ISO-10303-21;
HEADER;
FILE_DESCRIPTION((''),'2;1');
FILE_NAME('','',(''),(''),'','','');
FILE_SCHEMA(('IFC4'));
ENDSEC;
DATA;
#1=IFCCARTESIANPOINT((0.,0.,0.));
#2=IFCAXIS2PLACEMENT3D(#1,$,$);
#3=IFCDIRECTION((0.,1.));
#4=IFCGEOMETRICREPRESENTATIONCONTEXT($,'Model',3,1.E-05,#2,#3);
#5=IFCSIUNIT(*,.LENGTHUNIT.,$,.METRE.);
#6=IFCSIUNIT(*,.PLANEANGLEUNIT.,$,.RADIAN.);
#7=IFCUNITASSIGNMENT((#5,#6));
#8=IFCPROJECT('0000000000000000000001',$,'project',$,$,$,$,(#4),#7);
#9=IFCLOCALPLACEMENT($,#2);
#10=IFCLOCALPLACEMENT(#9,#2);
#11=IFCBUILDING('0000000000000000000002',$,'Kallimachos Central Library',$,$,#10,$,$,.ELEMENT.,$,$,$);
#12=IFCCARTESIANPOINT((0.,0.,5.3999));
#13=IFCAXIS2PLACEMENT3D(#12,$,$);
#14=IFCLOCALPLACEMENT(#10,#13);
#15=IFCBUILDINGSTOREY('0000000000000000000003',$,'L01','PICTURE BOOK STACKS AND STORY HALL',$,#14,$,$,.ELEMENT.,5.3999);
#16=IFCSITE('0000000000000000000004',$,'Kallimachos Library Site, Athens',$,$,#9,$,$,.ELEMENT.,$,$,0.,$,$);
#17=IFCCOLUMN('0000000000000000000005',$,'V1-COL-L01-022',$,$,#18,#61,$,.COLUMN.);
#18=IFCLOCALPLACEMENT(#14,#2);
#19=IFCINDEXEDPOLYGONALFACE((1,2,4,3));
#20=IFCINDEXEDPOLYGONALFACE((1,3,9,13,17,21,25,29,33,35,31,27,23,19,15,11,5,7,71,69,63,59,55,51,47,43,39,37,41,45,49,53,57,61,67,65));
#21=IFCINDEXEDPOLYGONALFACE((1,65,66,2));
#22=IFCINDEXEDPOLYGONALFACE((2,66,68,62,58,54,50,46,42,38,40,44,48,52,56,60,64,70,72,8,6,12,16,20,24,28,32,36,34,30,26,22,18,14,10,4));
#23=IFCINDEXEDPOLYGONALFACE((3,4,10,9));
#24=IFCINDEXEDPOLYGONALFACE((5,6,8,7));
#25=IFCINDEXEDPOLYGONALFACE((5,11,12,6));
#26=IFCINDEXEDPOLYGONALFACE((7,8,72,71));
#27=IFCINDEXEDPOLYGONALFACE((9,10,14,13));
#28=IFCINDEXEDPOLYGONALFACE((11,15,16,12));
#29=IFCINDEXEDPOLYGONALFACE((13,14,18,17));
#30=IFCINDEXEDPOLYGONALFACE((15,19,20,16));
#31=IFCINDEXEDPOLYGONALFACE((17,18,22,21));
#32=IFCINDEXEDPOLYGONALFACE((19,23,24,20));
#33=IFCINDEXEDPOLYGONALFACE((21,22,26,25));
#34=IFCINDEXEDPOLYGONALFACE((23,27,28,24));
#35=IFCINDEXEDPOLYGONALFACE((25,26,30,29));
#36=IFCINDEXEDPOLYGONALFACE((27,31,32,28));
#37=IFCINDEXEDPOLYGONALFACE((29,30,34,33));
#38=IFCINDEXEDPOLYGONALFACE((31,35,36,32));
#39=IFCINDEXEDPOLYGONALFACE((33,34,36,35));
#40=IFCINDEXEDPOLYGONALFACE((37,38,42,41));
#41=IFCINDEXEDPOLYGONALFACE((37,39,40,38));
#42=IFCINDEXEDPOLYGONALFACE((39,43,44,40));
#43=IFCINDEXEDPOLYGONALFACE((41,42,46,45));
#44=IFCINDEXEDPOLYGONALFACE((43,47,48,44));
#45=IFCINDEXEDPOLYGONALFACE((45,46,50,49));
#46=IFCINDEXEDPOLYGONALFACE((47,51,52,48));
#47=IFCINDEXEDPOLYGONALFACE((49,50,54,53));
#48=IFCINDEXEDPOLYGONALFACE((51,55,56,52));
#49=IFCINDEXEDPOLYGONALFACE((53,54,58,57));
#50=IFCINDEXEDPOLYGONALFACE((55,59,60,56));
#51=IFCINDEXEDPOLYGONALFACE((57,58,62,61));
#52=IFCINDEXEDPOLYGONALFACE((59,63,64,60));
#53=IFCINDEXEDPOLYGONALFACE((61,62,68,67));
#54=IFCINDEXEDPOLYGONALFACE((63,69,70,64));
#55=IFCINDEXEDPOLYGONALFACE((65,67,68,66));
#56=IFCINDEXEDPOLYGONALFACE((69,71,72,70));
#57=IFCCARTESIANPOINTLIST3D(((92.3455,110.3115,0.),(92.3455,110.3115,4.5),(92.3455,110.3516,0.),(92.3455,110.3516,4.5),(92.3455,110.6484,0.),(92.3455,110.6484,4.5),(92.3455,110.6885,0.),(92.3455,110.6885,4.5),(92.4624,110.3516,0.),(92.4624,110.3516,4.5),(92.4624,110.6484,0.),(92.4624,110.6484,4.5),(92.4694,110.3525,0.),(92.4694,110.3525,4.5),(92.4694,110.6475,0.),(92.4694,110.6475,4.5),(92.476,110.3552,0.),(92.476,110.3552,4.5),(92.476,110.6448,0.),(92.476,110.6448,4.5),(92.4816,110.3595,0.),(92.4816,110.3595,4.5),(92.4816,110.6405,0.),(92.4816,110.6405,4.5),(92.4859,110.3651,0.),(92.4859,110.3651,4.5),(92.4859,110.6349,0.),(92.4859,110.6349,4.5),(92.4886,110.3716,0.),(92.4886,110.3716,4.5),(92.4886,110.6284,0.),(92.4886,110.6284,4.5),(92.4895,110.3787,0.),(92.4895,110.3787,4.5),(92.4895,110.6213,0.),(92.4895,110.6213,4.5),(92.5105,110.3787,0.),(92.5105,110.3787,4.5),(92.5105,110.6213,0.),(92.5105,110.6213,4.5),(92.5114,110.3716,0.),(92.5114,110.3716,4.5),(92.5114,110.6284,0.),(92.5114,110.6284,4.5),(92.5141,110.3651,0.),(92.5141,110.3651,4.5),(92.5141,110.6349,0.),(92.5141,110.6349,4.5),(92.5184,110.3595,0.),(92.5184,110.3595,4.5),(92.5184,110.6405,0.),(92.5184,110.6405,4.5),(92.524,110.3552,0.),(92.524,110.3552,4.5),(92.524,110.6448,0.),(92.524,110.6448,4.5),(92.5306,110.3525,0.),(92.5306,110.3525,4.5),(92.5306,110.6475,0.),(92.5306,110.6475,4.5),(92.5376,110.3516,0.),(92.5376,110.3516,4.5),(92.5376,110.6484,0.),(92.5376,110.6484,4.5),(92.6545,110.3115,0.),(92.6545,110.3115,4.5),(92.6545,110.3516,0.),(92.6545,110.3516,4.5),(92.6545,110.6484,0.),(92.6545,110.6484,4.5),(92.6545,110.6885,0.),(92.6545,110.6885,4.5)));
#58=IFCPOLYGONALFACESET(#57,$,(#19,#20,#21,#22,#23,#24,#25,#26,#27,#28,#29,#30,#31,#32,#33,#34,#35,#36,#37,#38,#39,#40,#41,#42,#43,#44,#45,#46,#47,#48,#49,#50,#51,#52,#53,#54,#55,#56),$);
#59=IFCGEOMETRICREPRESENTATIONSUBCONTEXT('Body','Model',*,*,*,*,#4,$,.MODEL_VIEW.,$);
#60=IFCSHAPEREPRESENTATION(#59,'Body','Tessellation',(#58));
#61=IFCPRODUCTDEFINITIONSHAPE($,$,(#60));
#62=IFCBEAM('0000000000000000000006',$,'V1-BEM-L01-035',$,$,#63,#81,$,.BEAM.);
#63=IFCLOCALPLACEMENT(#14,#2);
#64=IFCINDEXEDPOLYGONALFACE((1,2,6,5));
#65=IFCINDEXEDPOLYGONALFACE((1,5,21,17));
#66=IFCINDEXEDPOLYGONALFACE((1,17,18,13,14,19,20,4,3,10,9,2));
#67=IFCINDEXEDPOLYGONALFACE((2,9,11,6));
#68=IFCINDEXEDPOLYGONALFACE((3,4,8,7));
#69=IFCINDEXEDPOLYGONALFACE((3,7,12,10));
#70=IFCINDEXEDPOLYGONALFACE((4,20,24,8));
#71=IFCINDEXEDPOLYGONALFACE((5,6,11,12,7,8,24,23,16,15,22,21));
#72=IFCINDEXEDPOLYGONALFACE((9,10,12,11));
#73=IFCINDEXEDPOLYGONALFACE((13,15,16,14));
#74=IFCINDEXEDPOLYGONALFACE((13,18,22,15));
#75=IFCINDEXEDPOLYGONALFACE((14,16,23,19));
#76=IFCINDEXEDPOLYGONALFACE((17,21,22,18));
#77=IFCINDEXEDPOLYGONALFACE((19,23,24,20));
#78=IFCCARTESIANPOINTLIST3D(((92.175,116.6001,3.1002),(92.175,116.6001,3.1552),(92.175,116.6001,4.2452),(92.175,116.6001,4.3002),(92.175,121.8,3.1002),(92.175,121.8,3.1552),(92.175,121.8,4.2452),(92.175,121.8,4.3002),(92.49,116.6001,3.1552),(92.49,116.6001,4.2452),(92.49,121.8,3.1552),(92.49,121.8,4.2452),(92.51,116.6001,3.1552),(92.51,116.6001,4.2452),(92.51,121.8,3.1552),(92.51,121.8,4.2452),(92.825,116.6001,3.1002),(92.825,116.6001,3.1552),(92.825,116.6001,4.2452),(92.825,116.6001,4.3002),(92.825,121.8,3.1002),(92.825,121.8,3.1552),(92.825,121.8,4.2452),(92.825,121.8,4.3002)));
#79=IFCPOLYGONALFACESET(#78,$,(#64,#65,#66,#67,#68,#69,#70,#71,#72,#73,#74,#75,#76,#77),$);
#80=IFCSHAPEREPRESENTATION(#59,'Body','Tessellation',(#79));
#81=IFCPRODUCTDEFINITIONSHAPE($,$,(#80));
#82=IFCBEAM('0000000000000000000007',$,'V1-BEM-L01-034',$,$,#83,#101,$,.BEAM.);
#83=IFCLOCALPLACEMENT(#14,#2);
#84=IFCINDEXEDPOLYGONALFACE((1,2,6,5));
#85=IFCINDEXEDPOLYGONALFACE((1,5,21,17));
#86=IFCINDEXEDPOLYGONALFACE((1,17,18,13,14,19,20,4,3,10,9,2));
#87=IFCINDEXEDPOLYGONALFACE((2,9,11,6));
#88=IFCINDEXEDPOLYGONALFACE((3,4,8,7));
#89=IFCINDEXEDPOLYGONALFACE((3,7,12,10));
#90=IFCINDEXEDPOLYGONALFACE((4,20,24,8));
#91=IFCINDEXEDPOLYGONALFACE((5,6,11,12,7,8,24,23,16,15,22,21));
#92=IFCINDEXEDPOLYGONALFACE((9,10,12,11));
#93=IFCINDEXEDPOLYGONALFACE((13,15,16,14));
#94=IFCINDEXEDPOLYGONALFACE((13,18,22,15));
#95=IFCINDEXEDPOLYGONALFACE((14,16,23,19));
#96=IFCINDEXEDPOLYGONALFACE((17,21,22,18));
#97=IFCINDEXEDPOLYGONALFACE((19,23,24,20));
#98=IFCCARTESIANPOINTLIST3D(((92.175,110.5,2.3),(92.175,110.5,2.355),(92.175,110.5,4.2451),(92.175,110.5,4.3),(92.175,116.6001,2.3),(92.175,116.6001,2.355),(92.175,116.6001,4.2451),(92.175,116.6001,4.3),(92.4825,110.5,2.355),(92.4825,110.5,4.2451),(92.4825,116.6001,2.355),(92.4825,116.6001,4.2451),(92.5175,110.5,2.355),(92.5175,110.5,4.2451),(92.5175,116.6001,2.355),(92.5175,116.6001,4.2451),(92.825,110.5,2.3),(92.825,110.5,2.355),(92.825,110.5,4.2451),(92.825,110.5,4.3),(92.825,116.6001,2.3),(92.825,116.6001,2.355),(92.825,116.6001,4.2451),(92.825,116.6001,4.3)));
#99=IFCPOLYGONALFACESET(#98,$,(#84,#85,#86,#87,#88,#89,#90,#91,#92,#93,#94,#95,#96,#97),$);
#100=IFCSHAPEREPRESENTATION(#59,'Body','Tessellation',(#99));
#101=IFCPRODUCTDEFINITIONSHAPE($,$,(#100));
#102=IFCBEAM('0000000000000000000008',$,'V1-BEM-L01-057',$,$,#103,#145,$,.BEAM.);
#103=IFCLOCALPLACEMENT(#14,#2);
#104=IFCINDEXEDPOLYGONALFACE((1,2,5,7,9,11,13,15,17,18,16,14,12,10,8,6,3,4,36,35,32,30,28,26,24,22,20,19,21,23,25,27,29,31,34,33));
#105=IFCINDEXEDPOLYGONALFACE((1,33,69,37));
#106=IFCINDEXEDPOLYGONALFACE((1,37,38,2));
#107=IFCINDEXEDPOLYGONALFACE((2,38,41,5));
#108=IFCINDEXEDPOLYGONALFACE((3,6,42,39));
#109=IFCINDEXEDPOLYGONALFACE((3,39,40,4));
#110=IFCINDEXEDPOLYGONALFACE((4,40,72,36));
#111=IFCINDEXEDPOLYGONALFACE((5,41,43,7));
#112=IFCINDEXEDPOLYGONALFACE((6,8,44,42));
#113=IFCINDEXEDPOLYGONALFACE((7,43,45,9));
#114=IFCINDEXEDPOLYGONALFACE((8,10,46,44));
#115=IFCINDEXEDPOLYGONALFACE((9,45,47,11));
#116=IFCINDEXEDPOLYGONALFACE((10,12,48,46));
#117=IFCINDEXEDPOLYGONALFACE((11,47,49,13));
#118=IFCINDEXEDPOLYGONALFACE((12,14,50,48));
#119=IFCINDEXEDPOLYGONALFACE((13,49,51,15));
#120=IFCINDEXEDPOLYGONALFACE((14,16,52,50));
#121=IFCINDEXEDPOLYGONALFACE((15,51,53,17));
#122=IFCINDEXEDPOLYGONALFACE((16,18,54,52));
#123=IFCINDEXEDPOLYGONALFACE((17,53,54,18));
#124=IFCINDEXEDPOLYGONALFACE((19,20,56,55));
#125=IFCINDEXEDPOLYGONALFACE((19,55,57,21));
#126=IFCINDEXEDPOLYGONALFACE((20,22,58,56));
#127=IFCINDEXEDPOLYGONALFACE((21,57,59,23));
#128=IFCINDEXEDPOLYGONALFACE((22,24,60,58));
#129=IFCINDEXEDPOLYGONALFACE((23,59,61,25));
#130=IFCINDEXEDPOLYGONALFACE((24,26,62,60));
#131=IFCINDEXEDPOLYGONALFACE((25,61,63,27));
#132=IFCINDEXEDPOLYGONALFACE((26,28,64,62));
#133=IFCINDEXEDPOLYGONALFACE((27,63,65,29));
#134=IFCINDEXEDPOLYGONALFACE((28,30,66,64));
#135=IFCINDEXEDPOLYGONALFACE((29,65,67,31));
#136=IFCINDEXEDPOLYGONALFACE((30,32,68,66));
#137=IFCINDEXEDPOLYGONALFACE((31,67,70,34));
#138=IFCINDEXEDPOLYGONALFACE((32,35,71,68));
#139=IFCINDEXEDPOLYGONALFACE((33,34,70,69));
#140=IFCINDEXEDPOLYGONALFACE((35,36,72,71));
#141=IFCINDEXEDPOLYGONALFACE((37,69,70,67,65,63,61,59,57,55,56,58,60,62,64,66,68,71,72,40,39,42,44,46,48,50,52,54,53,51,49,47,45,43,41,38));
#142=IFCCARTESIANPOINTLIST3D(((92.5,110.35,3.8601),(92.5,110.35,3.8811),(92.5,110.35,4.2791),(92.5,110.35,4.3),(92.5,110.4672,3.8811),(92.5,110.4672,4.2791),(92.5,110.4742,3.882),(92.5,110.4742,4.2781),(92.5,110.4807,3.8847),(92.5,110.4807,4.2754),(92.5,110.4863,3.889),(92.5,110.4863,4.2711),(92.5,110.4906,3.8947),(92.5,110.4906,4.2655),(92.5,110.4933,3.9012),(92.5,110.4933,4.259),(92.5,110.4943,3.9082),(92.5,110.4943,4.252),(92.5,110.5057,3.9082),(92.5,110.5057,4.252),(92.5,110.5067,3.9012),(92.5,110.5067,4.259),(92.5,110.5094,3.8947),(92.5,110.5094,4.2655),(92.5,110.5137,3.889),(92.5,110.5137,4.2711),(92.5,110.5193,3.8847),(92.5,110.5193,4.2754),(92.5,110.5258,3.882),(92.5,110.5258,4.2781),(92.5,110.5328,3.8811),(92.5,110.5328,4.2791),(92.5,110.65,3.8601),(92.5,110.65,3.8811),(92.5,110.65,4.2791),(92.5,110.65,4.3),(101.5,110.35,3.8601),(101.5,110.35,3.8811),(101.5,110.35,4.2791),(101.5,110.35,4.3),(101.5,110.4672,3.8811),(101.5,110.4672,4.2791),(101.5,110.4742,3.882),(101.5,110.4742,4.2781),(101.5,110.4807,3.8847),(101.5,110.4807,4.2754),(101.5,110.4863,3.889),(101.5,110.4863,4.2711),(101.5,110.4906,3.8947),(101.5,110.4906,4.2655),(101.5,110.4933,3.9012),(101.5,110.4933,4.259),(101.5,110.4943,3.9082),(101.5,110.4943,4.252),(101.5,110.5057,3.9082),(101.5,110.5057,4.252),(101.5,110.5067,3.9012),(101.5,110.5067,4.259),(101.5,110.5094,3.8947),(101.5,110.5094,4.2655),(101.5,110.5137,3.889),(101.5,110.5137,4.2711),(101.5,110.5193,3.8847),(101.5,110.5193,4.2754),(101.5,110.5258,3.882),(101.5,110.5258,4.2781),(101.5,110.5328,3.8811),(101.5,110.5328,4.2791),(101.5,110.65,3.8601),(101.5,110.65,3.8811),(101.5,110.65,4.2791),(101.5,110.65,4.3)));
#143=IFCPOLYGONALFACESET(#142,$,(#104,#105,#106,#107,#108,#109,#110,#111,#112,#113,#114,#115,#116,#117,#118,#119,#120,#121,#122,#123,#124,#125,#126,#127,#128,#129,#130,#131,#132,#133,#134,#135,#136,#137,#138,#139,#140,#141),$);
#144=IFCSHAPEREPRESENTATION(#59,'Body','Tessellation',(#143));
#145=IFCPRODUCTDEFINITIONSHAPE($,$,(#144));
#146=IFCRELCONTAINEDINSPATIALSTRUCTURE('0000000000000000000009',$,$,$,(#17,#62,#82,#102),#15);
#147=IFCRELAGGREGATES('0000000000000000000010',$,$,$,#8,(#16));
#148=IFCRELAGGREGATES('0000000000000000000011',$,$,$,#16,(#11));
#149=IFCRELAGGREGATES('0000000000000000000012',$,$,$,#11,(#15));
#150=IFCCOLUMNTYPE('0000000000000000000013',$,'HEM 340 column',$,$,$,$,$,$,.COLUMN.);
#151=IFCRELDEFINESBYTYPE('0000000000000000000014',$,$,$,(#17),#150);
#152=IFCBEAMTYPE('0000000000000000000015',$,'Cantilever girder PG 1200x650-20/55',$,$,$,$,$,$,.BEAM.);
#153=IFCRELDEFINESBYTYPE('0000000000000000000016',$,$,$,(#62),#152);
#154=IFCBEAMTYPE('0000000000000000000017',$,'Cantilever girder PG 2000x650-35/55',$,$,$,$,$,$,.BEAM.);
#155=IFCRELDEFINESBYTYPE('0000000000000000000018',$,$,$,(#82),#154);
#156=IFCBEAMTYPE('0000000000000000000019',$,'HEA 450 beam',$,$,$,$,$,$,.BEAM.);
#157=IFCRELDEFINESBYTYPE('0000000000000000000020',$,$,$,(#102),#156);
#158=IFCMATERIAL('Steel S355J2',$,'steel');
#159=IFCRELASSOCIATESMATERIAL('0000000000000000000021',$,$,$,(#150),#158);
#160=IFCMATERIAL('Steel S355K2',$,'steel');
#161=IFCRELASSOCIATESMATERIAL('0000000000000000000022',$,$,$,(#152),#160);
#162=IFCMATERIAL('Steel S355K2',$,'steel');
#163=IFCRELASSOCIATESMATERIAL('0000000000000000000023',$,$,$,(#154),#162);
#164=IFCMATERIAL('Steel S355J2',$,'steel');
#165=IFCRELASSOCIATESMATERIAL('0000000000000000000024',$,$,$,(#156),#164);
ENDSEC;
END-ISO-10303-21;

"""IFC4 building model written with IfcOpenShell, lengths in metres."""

from ifc_helpers import new_model, si_unit, direction, frame, origin, origin_2d, place, context, subcontext, project, spatial, i_section, extrude, material, material_profile, profile_set, type_object, element, save


model = new_model("IFC4")

# Units and contexts
model_context = context("Model", 3, precision=1e-05, world=origin(), true_north=direction((0.0, 1.0)))
body_context = subcontext(model_context, "Body", "Model", "MODEL_VIEW")
ifc_project = project(units=[si_unit("LENGTHUNIT", "METRE"), si_unit("PLANEANGLEUNIT", "RADIAN")], contexts=[model_context])

# Site, building, storey
site_placement = place(None, origin())
site = spatial("IfcSite", under=ifc_project, at=site_placement, Name="Kallimachos Library Site, Athens", CompositionType="ELEMENT", RefElevation=0.0)
building_placement = place(site_placement, origin())
building = spatial("IfcBuilding", under=site, at=building_placement, Name="Kallimachos Central Library", CompositionType="ELEMENT")
storey_placement = place(building_placement, frame((0.0, 0.0, 5.3999)))
storey = spatial("IfcBuildingStorey", under=building, at=storey_placement, Name="L01", Description="PICTURE BOOK STACKS AND STORY HALL", CompositionType="ELEMENT", Elevation=5.3999)

# Column
ifc_material_1 = material(Name="Steel S355J2", Category="steel")
ifc_material_profile_1 = material_profile(ifc_material_1, i_section(OverallWidth=0.3091, OverallDepth=0.377, WebThickness=0.021, FlangeThickness=0.04, FilletRadius=0.0271, at=origin_2d()), Name="HEM 340")
ifc_profile_set_1 = profile_set([ifc_material_profile_1], Name="Steel S355J2")
column_type = type_object("IfcColumnType", Name="HEM 340 column", PredefinedType="COLUMN", material=ifc_profile_set_1)
column_placement = place(storey_placement, frame((92.5, 110.5, 0.0), z_axis=(0.0, 0.0, 1.0), x_axis=(1.0, 0.0, 0.0)))
element("IfcColumn", 1, at=column_placement, inside=storey, type_object=column_type, Name="V1-COL-L01-022", PredefinedType="COLUMN", context=body_context, shape_type="SweptSolid", body=[
    extrude(i_section(OverallWidth=0.3091, OverallDepth=0.377, WebThickness=0.021, FlangeThickness=0.04, FilletRadius=0.0271, at=origin_2d()), origin(), (0.0, 0.0, 1.0), 4.5),
])

# Beams
ifc_material_2 = material(Name="Steel S355K2", Category="steel")
ifc_material_profile_2 = material_profile(ifc_material_2, i_section(OverallWidth=0.6499, OverallDepth=1.2, WebThickness=0.02, FlangeThickness=0.0549, at=origin_2d()), Name="PG 1200x650-20/55")
ifc_profile_set_2 = profile_set([ifc_material_profile_2], Name="Steel S355K2")
beam_type_1 = type_object("IfcBeamType", Name="Cantilever girder PG 1200x650-20/55", PredefinedType="BEAM", material=ifc_profile_set_2)
beam_1_placement = place(storey_placement, frame((92.5, 116.6001, 3.7002), z_axis=(0.0, 1.0, 0.0), x_axis=(-1.0, 0.0, 0.0)))
element("IfcBeam", 2, at=beam_1_placement, inside=storey, type_object=beam_type_1, Name="V1-BEM-L01-035", PredefinedType="BEAM", context=body_context, shape_type="SweptSolid", body=[
    extrude(i_section(OverallWidth=0.6499, OverallDepth=1.2, WebThickness=0.02, FlangeThickness=0.0549, at=origin_2d()), origin(), (0.0, 0.0, 1.0), 5.2),
])
ifc_material_3 = material(Name="Steel S355K2", Category="steel")
ifc_material_profile_3 = material_profile(ifc_material_3, i_section(OverallWidth=0.6499, OverallDepth=2.0, WebThickness=0.0349, FlangeThickness=0.0549, at=origin_2d()), Name="PG 2000x650-35/55")
ifc_profile_set_3 = profile_set([ifc_material_profile_3], Name="Steel S355K2")
beam_type_2 = type_object("IfcBeamType", Name="Cantilever girder PG 2000x650-35/55", PredefinedType="BEAM", material=ifc_profile_set_3)
beam_2_placement = place(storey_placement, frame((92.5, 110.5, 3.3), z_axis=(0.0, 1.0, 0.0), x_axis=(-1.0, 0.0, 0.0)))
element("IfcBeam", 3, at=beam_2_placement, inside=storey, type_object=beam_type_2, Name="V1-BEM-L01-034", PredefinedType="BEAM", context=body_context, shape_type="SweptSolid", body=[
    extrude(i_section(OverallWidth=0.6499, OverallDepth=2.0, WebThickness=0.0349, FlangeThickness=0.0549, at=origin_2d()), origin(), (0.0, 0.0, 1.0), 6.1001),
])
ifc_material_4 = material(Name="Steel S355J2", Category="steel")
ifc_material_profile_4 = material_profile(ifc_material_4, i_section(OverallWidth=0.3, OverallDepth=0.4399, WebThickness=0.0115, FlangeThickness=0.021, FilletRadius=0.0271, at=origin_2d()), Name="HEA 450")
ifc_profile_set_4 = profile_set([ifc_material_profile_4], Name="Steel S355J2")
beam_type_3 = type_object("IfcBeamType", Name="HEA 450 beam", PredefinedType="BEAM", material=ifc_profile_set_4)
beam_3_placement = place(storey_placement, frame((92.5, 110.5, 4.0801), z_axis=(1.0, 0.0, 0.0), x_axis=(0.0, 1.0, 0.0)))
element("IfcBeam", 4, at=beam_3_placement, inside=storey, type_object=beam_type_3, Name="V1-BEM-L01-057", PredefinedType="BEAM", context=body_context, shape_type="SweptSolid", body=[
    extrude(i_section(OverallWidth=0.3, OverallDepth=0.4399, WebThickness=0.0115, FlangeThickness=0.021, FilletRadius=0.0271, at=origin_2d()), origin(), (0.0, 0.0, 1.0), 9.0),
])

save(model, "model.ifc")
